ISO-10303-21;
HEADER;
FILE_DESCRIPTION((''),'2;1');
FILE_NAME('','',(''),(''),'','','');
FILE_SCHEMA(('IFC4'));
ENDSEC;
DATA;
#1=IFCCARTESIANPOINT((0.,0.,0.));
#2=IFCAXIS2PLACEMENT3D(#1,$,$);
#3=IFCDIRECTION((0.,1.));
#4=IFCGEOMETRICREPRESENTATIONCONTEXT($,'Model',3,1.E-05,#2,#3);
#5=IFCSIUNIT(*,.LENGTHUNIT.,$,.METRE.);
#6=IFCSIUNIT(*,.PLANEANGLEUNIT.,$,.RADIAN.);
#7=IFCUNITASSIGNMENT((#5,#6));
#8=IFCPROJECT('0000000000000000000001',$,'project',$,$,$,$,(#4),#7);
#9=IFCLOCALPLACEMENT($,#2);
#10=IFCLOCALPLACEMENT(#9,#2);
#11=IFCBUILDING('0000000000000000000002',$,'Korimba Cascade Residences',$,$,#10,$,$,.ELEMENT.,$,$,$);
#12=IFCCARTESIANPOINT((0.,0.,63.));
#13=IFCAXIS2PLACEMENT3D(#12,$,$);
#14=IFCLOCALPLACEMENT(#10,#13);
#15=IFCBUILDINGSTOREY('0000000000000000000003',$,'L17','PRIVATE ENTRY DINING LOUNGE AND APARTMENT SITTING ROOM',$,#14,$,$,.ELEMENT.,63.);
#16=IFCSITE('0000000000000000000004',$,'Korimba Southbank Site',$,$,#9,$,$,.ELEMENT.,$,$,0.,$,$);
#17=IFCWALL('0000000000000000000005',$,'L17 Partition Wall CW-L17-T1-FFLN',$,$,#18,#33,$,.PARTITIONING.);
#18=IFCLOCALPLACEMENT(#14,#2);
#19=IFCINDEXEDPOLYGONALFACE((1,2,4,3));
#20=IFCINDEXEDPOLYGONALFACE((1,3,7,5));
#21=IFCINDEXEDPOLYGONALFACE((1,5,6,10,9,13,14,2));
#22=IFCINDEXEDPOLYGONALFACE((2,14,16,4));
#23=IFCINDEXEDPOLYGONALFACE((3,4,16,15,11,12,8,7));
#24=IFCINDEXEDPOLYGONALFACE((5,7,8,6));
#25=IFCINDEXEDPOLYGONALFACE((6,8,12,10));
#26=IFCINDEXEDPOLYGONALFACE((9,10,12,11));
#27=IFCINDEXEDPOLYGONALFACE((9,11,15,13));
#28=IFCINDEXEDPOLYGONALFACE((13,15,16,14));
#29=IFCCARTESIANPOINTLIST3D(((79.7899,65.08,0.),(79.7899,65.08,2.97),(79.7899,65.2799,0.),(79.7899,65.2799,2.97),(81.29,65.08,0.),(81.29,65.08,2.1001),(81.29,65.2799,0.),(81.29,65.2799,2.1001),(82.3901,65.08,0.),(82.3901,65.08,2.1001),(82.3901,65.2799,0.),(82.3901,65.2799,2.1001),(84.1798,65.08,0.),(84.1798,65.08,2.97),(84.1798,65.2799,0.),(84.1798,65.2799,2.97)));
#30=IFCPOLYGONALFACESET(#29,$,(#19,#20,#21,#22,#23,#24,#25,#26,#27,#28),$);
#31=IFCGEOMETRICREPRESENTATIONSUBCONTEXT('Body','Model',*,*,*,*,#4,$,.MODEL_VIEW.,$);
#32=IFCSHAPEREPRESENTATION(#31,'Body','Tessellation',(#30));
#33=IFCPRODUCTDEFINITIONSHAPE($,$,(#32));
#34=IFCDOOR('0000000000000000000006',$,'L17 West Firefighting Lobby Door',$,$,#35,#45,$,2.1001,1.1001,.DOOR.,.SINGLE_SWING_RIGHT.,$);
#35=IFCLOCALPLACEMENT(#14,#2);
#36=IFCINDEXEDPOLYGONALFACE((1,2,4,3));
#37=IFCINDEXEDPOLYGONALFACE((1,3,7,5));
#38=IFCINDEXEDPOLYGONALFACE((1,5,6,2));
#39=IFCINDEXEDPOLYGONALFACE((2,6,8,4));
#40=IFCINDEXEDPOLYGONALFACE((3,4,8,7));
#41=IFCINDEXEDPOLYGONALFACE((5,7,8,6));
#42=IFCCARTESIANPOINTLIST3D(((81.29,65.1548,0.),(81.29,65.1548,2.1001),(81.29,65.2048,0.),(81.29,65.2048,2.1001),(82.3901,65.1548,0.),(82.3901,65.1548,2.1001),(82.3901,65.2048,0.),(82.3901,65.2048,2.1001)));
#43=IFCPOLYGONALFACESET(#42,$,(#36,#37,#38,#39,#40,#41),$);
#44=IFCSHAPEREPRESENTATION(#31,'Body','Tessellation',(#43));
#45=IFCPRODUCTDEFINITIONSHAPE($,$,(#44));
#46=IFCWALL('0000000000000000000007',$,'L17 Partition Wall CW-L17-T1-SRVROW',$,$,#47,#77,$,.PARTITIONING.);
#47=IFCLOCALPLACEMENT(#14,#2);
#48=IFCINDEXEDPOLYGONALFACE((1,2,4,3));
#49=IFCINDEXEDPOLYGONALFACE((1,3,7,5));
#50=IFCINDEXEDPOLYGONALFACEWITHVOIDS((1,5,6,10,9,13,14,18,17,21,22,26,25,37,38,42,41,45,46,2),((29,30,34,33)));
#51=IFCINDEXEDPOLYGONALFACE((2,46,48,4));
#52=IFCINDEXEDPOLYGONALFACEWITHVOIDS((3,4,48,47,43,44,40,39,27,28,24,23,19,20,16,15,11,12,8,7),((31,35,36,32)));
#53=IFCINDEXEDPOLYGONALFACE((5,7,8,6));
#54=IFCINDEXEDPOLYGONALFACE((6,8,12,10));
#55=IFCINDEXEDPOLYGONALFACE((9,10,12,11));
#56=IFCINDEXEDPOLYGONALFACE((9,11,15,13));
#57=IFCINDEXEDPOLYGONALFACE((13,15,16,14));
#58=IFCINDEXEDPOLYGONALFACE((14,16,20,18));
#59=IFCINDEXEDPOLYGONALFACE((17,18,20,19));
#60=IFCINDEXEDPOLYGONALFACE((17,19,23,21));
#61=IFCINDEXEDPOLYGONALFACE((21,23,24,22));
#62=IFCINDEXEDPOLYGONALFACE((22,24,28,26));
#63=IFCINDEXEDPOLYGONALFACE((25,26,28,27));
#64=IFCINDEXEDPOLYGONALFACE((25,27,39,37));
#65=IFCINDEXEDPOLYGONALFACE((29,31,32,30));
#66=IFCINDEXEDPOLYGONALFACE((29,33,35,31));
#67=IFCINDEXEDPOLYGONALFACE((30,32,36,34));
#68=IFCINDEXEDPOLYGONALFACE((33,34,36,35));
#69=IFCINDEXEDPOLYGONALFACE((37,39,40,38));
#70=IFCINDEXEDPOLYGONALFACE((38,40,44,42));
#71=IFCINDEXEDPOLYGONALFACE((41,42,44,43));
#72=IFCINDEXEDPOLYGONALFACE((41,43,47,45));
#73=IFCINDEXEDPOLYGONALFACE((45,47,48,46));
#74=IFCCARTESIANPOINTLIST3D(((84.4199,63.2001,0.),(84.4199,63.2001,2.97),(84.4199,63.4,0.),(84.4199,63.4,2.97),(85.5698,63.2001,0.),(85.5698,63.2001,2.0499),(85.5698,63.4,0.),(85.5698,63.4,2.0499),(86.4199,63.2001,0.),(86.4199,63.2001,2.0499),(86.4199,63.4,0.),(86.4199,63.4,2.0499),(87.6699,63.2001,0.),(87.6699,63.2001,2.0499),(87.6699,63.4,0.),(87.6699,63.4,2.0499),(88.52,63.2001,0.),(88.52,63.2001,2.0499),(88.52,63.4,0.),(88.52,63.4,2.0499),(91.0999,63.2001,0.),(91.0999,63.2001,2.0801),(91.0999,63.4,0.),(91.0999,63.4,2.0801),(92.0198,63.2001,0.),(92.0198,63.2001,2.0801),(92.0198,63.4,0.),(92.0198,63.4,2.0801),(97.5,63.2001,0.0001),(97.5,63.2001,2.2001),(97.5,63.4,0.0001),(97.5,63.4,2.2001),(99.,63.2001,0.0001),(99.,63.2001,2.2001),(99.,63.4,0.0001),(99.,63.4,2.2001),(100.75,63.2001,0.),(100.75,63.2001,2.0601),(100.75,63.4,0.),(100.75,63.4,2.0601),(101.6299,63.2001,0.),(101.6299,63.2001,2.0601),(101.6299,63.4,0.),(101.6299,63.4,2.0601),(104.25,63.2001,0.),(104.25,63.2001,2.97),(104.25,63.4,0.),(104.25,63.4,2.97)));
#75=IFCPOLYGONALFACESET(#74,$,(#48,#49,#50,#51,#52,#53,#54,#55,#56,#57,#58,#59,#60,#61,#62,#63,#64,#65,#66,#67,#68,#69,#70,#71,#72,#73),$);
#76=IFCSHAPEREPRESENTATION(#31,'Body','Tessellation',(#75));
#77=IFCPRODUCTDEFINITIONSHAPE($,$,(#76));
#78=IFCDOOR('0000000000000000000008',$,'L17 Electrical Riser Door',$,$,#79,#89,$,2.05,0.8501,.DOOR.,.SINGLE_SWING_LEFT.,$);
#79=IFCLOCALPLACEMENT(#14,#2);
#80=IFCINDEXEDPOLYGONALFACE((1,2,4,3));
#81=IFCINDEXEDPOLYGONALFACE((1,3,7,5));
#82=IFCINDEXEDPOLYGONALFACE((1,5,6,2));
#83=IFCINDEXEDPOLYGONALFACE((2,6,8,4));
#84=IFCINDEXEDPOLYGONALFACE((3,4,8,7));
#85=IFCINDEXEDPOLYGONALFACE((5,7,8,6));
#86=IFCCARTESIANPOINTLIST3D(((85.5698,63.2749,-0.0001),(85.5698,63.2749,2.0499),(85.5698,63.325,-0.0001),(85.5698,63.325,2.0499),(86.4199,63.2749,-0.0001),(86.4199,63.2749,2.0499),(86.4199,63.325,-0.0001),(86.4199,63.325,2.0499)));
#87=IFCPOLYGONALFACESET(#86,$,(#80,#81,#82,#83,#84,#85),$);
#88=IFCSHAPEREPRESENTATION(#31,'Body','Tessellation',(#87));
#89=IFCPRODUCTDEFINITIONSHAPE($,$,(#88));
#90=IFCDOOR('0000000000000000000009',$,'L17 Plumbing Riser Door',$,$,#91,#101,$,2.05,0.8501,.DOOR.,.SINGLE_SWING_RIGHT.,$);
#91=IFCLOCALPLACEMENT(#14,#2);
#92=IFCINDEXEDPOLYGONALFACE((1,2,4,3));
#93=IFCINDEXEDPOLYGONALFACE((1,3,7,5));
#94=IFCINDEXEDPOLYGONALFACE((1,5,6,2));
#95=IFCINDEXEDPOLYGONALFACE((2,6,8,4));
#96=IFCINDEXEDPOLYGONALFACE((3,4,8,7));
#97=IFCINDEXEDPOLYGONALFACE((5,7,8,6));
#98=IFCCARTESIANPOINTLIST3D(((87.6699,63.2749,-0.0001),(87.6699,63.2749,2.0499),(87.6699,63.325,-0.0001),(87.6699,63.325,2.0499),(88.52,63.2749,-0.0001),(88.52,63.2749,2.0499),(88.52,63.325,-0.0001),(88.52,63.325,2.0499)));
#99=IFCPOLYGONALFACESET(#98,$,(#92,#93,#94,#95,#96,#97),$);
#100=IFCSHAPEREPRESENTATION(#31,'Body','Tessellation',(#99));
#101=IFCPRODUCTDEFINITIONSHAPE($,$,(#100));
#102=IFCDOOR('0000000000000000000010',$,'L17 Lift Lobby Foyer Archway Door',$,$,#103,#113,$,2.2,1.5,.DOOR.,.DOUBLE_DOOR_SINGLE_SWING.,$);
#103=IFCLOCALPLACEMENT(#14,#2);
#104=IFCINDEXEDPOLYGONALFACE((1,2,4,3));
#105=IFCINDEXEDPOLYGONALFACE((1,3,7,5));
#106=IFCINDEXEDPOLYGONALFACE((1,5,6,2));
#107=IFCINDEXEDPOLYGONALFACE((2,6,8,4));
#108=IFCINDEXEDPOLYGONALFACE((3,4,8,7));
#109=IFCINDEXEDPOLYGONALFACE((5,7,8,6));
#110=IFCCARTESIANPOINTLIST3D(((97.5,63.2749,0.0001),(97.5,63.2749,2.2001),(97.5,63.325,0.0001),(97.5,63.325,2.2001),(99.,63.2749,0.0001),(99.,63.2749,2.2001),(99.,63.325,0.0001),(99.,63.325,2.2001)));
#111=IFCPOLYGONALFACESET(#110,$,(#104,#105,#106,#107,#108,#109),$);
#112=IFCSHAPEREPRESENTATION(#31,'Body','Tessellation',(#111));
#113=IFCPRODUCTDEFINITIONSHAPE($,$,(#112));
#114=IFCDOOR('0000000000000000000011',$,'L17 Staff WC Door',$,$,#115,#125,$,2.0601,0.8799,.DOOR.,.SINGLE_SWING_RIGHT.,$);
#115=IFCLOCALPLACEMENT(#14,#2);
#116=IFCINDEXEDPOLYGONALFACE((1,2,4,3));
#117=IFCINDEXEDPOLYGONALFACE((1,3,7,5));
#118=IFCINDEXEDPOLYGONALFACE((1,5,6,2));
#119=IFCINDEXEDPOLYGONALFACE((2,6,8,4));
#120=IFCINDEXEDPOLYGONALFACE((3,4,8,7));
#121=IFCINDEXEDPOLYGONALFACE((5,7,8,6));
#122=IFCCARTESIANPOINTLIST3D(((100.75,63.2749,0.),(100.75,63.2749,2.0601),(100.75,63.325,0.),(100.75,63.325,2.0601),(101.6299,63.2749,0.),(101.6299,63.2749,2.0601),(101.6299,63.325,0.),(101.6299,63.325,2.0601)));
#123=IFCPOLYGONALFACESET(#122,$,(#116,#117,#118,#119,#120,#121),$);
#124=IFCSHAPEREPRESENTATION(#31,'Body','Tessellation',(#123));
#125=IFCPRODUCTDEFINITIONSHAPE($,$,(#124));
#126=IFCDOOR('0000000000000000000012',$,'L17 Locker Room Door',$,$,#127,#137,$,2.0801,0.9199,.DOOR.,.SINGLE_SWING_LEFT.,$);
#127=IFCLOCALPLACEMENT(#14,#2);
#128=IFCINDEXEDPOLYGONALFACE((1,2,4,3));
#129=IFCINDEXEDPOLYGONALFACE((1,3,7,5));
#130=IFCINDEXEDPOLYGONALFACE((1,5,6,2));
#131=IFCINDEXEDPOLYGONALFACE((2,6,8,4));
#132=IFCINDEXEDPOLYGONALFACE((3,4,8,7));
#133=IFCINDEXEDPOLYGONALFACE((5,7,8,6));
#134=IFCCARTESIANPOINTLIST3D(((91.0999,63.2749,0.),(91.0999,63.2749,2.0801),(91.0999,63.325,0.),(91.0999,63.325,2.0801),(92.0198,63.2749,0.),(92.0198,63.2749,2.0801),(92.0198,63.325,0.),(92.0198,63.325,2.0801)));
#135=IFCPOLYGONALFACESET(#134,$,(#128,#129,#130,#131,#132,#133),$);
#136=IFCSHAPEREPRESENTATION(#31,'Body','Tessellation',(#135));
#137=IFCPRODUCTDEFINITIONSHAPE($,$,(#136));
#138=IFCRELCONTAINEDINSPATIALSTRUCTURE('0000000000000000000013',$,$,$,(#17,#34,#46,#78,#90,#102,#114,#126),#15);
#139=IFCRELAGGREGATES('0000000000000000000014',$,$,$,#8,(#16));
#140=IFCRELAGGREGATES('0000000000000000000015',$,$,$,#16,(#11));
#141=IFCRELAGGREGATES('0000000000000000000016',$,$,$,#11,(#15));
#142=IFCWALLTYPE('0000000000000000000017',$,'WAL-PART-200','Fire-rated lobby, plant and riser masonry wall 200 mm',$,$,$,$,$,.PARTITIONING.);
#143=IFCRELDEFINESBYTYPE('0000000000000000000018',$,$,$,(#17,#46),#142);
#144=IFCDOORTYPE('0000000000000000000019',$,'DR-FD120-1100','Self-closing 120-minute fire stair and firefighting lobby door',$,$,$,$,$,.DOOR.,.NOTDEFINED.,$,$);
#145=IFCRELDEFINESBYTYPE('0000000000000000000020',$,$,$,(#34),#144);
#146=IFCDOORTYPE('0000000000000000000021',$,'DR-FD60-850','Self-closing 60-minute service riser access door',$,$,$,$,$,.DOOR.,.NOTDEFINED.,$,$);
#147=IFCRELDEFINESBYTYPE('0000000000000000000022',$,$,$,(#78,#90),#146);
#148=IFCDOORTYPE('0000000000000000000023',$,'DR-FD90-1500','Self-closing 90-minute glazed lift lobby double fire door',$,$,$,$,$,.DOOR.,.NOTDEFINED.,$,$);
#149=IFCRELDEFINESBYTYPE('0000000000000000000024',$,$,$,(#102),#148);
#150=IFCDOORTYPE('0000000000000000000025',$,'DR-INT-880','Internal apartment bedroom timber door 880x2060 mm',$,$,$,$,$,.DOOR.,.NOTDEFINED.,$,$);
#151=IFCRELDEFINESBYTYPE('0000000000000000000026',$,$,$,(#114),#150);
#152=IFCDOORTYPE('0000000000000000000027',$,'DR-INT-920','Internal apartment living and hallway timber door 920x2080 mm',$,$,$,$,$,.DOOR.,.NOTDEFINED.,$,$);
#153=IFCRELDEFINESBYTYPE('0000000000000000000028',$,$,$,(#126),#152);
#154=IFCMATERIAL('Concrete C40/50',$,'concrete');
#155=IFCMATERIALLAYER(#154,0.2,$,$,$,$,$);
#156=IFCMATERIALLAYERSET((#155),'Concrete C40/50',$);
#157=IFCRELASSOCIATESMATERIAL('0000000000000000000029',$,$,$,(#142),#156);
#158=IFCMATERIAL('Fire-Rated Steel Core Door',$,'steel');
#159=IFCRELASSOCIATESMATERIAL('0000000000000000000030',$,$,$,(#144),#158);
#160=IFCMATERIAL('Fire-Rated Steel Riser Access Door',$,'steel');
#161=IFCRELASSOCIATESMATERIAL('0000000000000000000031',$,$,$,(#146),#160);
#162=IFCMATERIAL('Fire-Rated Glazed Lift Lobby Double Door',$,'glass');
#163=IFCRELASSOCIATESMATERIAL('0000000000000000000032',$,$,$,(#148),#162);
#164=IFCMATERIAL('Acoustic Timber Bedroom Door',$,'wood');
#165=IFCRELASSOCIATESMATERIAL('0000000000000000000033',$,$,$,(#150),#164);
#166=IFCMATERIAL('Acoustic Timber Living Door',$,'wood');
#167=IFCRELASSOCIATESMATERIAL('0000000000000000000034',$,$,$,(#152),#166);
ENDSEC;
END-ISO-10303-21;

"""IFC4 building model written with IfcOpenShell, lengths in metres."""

from ifc_helpers import new_model, si_unit, direction, frame, frame_2d, origin, place, context, subcontext, project, spatial, rectangle, extrude, material, layer, layer_set, type_object, element, fill, save


model = new_model("IFC4")

# Units and contexts
model_context = context("Model", 3, precision=1e-05, world=origin(), true_north=direction((0.0, 1.0)))
body_context = subcontext(model_context, "Body", "Model", "MODEL_VIEW")
ifc_project = project(units=[si_unit("LENGTHUNIT", "METRE"), si_unit("PLANEANGLEUNIT", "RADIAN")], contexts=[model_context])

# Site, building, storey
site_placement = place(None, origin())
site = spatial("IfcSite", under=ifc_project, at=site_placement, Name="Korimba Southbank Site", CompositionType="ELEMENT", RefElevation=0.0)
building_placement = place(site_placement, origin())
building = spatial("IfcBuilding", under=site, at=building_placement, Name="Korimba Cascade Residences", CompositionType="ELEMENT")
storey_placement = place(building_placement, frame((0.0, 0.0, 63.0)))
storey = spatial("IfcBuildingStorey", under=building, at=storey_placement, Name="L17", Description="PRIVATE ENTRY DINING LOUNGE AND APARTMENT SITTING ROOM", CompositionType="ELEMENT", Elevation=63.0)

# Wall, opening, door
ifc_material_1 = material(Name="Concrete C40/50", Category="concrete")
ifc_layer_1 = layer(ifc_material_1, 0.2)
ifc_layer_set_1 = layer_set([ifc_layer_1], Name="Concrete C40/50")
wall_type_1 = type_object("IfcWallType", Name="WAL-PART-200", Description="Fire-rated lobby, plant and riser masonry wall 200 mm", PredefinedType="PARTITIONING", material=ifc_layer_set_1)
wall_1_placement = place(storey_placement, frame((79.79, 65.1799, 0.0), z_axis=(0.0, 0.0, 1.0), x_axis=(1.0, 0.0, 0.0)))
wall_1 = element("IfcWall", 1, at=wall_1_placement, inside=storey, type_object=wall_type_1, Name="L17 Partition Wall CW-L17-T1-FFLN", PredefinedType="PARTITIONING", context=body_context, shape_type="SweptSolid", body=[
    extrude(rectangle(XDim=4.3899, YDim=0.2, at=frame_2d((2.1948, 0.0))), origin(), (0.0, 0.0, 1.0), 2.97),
])
opening_1_placement = place(wall_1_placement, frame((1.5, 0.0, 0.0)))
opening_1 = element("IfcOpeningElement", 2, at=opening_1_placement, cuts=wall_1, PredefinedType="OPENING", context=body_context, shape_type="SweptSolid", body=[
    extrude(rectangle(XDim=1.1001, YDim=2.1001, at=frame_2d((0.55, 1.05))), frame((0.0, 0.1099, 0.0), z_axis=(0.0, -1.0, 0.0), x_axis=(1.0, 0.0, 0.0)), (0.0, 0.0, 1.0), 0.22),
])
ifc_material_2 = material(Name="Fire-Rated Steel Core Door", Category="steel")
door_type_1 = type_object("IfcDoorType", Name="DR-FD120-1100", Description="Self-closing 120-minute fire stair and firefighting lobby door", OperationType="NOTDEFINED", PredefinedType="DOOR", material=ifc_material_2)
door_1_placement = place(opening_1_placement, origin())
door_1 = element("IfcDoor", 3, at=door_1_placement, inside=storey, type_object=door_type_1, Name="L17 West Firefighting Lobby Door", OperationType="SINGLE_SWING_RIGHT", OverallHeight=2.1001, OverallWidth=1.1001, PredefinedType="DOOR", context=body_context, shape_type="SweptSolid", body=[
    extrude(rectangle(XDim=1.1001, YDim=2.1001, at=frame_2d((0.55, 1.05))), frame((0.0, 0.0249, 0.0), z_axis=(0.0, -1.0, 0.0), x_axis=(1.0, 0.0, 0.0)), (0.0, 0.0, 1.0), 0.05),
])
fill(opening_1, door_1)

# Wall, openings, doors
wall_2_placement = place(storey_placement, frame((84.4199, 63.3, 0.0), z_axis=(0.0, 0.0, 1.0), x_axis=(1.0, 0.0, 0.0)))
wall_2 = element("IfcWall", 4, at=wall_2_placement, inside=storey, type_object=wall_type_1, Name="L17 Partition Wall CW-L17-T1-SRVROW", PredefinedType="PARTITIONING", context=body_context, shape_type="SweptSolid", body=[
    extrude(rectangle(XDim=19.8301, YDim=0.2, at=frame_2d((9.915, 0.0))), origin(), (0.0, 0.0, 1.0), 2.97),
])
opening_2_placement = place(wall_2_placement, frame((1.1499, 0.0, 0.0)))
opening_2 = element("IfcOpeningElement", 5, at=opening_2_placement, cuts=wall_2, PredefinedType="OPENING", context=body_context, shape_type="SweptSolid", body=[
    extrude(rectangle(XDim=0.8501, YDim=2.05, at=frame_2d((0.425, 1.0249))), frame((0.0, 0.1099, 0.0), z_axis=(0.0, -1.0, 0.0), x_axis=(1.0, 0.0, 0.0)), (0.0, 0.0, 1.0), 0.22),
])
opening_3_placement = place(wall_2_placement, frame((3.25, 0.0, 0.0)))
opening_3 = element("IfcOpeningElement", 6, at=opening_3_placement, cuts=wall_2, PredefinedType="OPENING", context=body_context, shape_type="SweptSolid", body=[
    extrude(rectangle(XDim=0.8501, YDim=2.05, at=frame_2d((0.425, 1.0249))), frame((0.0, 0.1099, 0.0), z_axis=(0.0, -1.0, 0.0), x_axis=(1.0, 0.0, 0.0)), (0.0, 0.0, 1.0), 0.22),
])
opening_4_placement = place(wall_2_placement, frame((13.0801, 0.0, 0.0)))
opening_4 = element("IfcOpeningElement", 7, at=opening_4_placement, cuts=wall_2, PredefinedType="OPENING", context=body_context, shape_type="SweptSolid", body=[
    extrude(rectangle(XDim=1.5, YDim=2.2, at=frame_2d((0.75, 1.1001))), frame((0.0, 0.1099, 0.0), z_axis=(0.0, -1.0, 0.0), x_axis=(1.0, 0.0, 0.0)), (0.0, 0.0, 1.0), 0.22),
])
opening_5_placement = place(wall_2_placement, frame((6.6799, 0.0, 0.0)))
opening_5 = element("IfcOpeningElement", 8, at=opening_5_placement, cuts=wall_2, PredefinedType="OPENING", context=body_context, shape_type="SweptSolid", body=[
    extrude(rectangle(XDim=0.9199, YDim=2.0801, at=frame_2d((0.46, 1.04))), frame((0.0, 0.1099, 0.0), z_axis=(0.0, -1.0, 0.0), x_axis=(1.0, 0.0, 0.0)), (0.0, 0.0, 1.0), 0.22),
])
opening_6_placement = place(wall_2_placement, frame((16.3301, 0.0, 0.0)))
opening_6 = element("IfcOpeningElement", 9, at=opening_6_placement, cuts=wall_2, PredefinedType="OPENING", context=body_context, shape_type="SweptSolid", body=[
    extrude(rectangle(XDim=0.8799, YDim=2.0601, at=frame_2d((0.4399, 1.03))), frame((0.0, 0.1099, 0.0), z_axis=(0.0, -1.0, 0.0), x_axis=(1.0, 0.0, 0.0)), (0.0, 0.0, 1.0), 0.22),
])
ifc_material_3 = material(Name="Fire-Rated Steel Riser Access Door", Category="steel")
door_type_2 = type_object("IfcDoorType", Name="DR-FD60-850", Description="Self-closing 60-minute service riser access door", OperationType="NOTDEFINED", PredefinedType="DOOR", material=ifc_material_3)
door_2_placement = place(opening_2_placement, origin())
door_2 = element("IfcDoor", 10, at=door_2_placement, inside=storey, type_object=door_type_2, Name="L17 Electrical Riser Door", OperationType="SINGLE_SWING_LEFT", OverallHeight=2.05, OverallWidth=0.8501, PredefinedType="DOOR", context=body_context, shape_type="SweptSolid", body=[
    extrude(rectangle(XDim=0.8501, YDim=2.05, at=frame_2d((0.425, 1.0249))), frame((0.0, 0.0249, 0.0), z_axis=(0.0, -1.0, 0.0), x_axis=(1.0, 0.0, 0.0)), (0.0, 0.0, 1.0), 0.05),
])
fill(opening_2, door_2)
door_3_placement = place(opening_3_placement, origin())
door_3 = element("IfcDoor", 11, at=door_3_placement, inside=storey, type_object=door_type_2, Name="L17 Plumbing Riser Door", OperationType="SINGLE_SWING_RIGHT", OverallHeight=2.05, OverallWidth=0.8501, PredefinedType="DOOR", context=body_context, shape_type="SweptSolid", body=[
    extrude(rectangle(XDim=0.8501, YDim=2.05, at=frame_2d((0.425, 1.0249))), frame((0.0, 0.0249, 0.0), z_axis=(0.0, -1.0, 0.0), x_axis=(1.0, 0.0, 0.0)), (0.0, 0.0, 1.0), 0.05),
])
fill(opening_3, door_3)
ifc_material_4 = material(Name="Fire-Rated Glazed Lift Lobby Double Door", Category="glass")
door_type_3 = type_object("IfcDoorType", Name="DR-FD90-1500", Description="Self-closing 90-minute glazed lift lobby double fire door", OperationType="NOTDEFINED", PredefinedType="DOOR", material=ifc_material_4)
door_4_placement = place(opening_4_placement, origin())
door_4 = element("IfcDoor", 12, at=door_4_placement, inside=storey, type_object=door_type_3, Name="L17 Lift Lobby Foyer Archway Door", OperationType="DOUBLE_DOOR_SINGLE_SWING", OverallHeight=2.2, OverallWidth=1.5, PredefinedType="DOOR", context=body_context, shape_type="SweptSolid", body=[
    extrude(rectangle(XDim=1.5, YDim=2.2, at=frame_2d((0.75, 1.1001))), frame((0.0, 0.0249, 0.0), z_axis=(0.0, -1.0, 0.0), x_axis=(1.0, 0.0, 0.0)), (0.0, 0.0, 1.0), 0.05),
])
fill(opening_4, door_4)
ifc_material_5 = material(Name="Acoustic Timber Bedroom Door", Category="wood")
door_type_4 = type_object("IfcDoorType", Name="DR-INT-880", Description="Internal apartment bedroom timber door 880x2060 mm", OperationType="NOTDEFINED", PredefinedType="DOOR", material=ifc_material_5)
door_5_placement = place(opening_6_placement, origin())
door_5 = element("IfcDoor", 13, at=door_5_placement, inside=storey, type_object=door_type_4, Name="L17 Staff WC Door", OperationType="SINGLE_SWING_RIGHT", OverallHeight=2.0601, OverallWidth=0.8799, PredefinedType="DOOR", context=body_context, shape_type="SweptSolid", body=[
    extrude(rectangle(XDim=0.8799, YDim=2.0601, at=frame_2d((0.4399, 1.03))), frame((0.0, 0.0249, 0.0), z_axis=(0.0, -1.0, 0.0), x_axis=(1.0, 0.0, 0.0)), (0.0, 0.0, 1.0), 0.05),
])
fill(opening_6, door_5)
ifc_material_6 = material(Name="Acoustic Timber Living Door", Category="wood")
door_type_5 = type_object("IfcDoorType", Name="DR-INT-920", Description="Internal apartment living and hallway timber door 920x2080 mm", OperationType="NOTDEFINED", PredefinedType="DOOR", material=ifc_material_6)
door_6_placement = place(opening_5_placement, origin())
door_6 = element("IfcDoor", 14, at=door_6_placement, inside=storey, type_object=door_type_5, Name="L17 Locker Room Door", OperationType="SINGLE_SWING_LEFT", OverallHeight=2.0801, OverallWidth=0.9199, PredefinedType="DOOR", context=body_context, shape_type="SweptSolid", body=[
    extrude(rectangle(XDim=0.9199, YDim=2.0801, at=frame_2d((0.46, 1.04))), frame((0.0, 0.0249, 0.0), z_axis=(0.0, -1.0, 0.0), x_axis=(1.0, 0.0, 0.0)), (0.0, 0.0, 1.0), 0.05),
])
fill(opening_5, door_6)

save(model, "model.ifc")
